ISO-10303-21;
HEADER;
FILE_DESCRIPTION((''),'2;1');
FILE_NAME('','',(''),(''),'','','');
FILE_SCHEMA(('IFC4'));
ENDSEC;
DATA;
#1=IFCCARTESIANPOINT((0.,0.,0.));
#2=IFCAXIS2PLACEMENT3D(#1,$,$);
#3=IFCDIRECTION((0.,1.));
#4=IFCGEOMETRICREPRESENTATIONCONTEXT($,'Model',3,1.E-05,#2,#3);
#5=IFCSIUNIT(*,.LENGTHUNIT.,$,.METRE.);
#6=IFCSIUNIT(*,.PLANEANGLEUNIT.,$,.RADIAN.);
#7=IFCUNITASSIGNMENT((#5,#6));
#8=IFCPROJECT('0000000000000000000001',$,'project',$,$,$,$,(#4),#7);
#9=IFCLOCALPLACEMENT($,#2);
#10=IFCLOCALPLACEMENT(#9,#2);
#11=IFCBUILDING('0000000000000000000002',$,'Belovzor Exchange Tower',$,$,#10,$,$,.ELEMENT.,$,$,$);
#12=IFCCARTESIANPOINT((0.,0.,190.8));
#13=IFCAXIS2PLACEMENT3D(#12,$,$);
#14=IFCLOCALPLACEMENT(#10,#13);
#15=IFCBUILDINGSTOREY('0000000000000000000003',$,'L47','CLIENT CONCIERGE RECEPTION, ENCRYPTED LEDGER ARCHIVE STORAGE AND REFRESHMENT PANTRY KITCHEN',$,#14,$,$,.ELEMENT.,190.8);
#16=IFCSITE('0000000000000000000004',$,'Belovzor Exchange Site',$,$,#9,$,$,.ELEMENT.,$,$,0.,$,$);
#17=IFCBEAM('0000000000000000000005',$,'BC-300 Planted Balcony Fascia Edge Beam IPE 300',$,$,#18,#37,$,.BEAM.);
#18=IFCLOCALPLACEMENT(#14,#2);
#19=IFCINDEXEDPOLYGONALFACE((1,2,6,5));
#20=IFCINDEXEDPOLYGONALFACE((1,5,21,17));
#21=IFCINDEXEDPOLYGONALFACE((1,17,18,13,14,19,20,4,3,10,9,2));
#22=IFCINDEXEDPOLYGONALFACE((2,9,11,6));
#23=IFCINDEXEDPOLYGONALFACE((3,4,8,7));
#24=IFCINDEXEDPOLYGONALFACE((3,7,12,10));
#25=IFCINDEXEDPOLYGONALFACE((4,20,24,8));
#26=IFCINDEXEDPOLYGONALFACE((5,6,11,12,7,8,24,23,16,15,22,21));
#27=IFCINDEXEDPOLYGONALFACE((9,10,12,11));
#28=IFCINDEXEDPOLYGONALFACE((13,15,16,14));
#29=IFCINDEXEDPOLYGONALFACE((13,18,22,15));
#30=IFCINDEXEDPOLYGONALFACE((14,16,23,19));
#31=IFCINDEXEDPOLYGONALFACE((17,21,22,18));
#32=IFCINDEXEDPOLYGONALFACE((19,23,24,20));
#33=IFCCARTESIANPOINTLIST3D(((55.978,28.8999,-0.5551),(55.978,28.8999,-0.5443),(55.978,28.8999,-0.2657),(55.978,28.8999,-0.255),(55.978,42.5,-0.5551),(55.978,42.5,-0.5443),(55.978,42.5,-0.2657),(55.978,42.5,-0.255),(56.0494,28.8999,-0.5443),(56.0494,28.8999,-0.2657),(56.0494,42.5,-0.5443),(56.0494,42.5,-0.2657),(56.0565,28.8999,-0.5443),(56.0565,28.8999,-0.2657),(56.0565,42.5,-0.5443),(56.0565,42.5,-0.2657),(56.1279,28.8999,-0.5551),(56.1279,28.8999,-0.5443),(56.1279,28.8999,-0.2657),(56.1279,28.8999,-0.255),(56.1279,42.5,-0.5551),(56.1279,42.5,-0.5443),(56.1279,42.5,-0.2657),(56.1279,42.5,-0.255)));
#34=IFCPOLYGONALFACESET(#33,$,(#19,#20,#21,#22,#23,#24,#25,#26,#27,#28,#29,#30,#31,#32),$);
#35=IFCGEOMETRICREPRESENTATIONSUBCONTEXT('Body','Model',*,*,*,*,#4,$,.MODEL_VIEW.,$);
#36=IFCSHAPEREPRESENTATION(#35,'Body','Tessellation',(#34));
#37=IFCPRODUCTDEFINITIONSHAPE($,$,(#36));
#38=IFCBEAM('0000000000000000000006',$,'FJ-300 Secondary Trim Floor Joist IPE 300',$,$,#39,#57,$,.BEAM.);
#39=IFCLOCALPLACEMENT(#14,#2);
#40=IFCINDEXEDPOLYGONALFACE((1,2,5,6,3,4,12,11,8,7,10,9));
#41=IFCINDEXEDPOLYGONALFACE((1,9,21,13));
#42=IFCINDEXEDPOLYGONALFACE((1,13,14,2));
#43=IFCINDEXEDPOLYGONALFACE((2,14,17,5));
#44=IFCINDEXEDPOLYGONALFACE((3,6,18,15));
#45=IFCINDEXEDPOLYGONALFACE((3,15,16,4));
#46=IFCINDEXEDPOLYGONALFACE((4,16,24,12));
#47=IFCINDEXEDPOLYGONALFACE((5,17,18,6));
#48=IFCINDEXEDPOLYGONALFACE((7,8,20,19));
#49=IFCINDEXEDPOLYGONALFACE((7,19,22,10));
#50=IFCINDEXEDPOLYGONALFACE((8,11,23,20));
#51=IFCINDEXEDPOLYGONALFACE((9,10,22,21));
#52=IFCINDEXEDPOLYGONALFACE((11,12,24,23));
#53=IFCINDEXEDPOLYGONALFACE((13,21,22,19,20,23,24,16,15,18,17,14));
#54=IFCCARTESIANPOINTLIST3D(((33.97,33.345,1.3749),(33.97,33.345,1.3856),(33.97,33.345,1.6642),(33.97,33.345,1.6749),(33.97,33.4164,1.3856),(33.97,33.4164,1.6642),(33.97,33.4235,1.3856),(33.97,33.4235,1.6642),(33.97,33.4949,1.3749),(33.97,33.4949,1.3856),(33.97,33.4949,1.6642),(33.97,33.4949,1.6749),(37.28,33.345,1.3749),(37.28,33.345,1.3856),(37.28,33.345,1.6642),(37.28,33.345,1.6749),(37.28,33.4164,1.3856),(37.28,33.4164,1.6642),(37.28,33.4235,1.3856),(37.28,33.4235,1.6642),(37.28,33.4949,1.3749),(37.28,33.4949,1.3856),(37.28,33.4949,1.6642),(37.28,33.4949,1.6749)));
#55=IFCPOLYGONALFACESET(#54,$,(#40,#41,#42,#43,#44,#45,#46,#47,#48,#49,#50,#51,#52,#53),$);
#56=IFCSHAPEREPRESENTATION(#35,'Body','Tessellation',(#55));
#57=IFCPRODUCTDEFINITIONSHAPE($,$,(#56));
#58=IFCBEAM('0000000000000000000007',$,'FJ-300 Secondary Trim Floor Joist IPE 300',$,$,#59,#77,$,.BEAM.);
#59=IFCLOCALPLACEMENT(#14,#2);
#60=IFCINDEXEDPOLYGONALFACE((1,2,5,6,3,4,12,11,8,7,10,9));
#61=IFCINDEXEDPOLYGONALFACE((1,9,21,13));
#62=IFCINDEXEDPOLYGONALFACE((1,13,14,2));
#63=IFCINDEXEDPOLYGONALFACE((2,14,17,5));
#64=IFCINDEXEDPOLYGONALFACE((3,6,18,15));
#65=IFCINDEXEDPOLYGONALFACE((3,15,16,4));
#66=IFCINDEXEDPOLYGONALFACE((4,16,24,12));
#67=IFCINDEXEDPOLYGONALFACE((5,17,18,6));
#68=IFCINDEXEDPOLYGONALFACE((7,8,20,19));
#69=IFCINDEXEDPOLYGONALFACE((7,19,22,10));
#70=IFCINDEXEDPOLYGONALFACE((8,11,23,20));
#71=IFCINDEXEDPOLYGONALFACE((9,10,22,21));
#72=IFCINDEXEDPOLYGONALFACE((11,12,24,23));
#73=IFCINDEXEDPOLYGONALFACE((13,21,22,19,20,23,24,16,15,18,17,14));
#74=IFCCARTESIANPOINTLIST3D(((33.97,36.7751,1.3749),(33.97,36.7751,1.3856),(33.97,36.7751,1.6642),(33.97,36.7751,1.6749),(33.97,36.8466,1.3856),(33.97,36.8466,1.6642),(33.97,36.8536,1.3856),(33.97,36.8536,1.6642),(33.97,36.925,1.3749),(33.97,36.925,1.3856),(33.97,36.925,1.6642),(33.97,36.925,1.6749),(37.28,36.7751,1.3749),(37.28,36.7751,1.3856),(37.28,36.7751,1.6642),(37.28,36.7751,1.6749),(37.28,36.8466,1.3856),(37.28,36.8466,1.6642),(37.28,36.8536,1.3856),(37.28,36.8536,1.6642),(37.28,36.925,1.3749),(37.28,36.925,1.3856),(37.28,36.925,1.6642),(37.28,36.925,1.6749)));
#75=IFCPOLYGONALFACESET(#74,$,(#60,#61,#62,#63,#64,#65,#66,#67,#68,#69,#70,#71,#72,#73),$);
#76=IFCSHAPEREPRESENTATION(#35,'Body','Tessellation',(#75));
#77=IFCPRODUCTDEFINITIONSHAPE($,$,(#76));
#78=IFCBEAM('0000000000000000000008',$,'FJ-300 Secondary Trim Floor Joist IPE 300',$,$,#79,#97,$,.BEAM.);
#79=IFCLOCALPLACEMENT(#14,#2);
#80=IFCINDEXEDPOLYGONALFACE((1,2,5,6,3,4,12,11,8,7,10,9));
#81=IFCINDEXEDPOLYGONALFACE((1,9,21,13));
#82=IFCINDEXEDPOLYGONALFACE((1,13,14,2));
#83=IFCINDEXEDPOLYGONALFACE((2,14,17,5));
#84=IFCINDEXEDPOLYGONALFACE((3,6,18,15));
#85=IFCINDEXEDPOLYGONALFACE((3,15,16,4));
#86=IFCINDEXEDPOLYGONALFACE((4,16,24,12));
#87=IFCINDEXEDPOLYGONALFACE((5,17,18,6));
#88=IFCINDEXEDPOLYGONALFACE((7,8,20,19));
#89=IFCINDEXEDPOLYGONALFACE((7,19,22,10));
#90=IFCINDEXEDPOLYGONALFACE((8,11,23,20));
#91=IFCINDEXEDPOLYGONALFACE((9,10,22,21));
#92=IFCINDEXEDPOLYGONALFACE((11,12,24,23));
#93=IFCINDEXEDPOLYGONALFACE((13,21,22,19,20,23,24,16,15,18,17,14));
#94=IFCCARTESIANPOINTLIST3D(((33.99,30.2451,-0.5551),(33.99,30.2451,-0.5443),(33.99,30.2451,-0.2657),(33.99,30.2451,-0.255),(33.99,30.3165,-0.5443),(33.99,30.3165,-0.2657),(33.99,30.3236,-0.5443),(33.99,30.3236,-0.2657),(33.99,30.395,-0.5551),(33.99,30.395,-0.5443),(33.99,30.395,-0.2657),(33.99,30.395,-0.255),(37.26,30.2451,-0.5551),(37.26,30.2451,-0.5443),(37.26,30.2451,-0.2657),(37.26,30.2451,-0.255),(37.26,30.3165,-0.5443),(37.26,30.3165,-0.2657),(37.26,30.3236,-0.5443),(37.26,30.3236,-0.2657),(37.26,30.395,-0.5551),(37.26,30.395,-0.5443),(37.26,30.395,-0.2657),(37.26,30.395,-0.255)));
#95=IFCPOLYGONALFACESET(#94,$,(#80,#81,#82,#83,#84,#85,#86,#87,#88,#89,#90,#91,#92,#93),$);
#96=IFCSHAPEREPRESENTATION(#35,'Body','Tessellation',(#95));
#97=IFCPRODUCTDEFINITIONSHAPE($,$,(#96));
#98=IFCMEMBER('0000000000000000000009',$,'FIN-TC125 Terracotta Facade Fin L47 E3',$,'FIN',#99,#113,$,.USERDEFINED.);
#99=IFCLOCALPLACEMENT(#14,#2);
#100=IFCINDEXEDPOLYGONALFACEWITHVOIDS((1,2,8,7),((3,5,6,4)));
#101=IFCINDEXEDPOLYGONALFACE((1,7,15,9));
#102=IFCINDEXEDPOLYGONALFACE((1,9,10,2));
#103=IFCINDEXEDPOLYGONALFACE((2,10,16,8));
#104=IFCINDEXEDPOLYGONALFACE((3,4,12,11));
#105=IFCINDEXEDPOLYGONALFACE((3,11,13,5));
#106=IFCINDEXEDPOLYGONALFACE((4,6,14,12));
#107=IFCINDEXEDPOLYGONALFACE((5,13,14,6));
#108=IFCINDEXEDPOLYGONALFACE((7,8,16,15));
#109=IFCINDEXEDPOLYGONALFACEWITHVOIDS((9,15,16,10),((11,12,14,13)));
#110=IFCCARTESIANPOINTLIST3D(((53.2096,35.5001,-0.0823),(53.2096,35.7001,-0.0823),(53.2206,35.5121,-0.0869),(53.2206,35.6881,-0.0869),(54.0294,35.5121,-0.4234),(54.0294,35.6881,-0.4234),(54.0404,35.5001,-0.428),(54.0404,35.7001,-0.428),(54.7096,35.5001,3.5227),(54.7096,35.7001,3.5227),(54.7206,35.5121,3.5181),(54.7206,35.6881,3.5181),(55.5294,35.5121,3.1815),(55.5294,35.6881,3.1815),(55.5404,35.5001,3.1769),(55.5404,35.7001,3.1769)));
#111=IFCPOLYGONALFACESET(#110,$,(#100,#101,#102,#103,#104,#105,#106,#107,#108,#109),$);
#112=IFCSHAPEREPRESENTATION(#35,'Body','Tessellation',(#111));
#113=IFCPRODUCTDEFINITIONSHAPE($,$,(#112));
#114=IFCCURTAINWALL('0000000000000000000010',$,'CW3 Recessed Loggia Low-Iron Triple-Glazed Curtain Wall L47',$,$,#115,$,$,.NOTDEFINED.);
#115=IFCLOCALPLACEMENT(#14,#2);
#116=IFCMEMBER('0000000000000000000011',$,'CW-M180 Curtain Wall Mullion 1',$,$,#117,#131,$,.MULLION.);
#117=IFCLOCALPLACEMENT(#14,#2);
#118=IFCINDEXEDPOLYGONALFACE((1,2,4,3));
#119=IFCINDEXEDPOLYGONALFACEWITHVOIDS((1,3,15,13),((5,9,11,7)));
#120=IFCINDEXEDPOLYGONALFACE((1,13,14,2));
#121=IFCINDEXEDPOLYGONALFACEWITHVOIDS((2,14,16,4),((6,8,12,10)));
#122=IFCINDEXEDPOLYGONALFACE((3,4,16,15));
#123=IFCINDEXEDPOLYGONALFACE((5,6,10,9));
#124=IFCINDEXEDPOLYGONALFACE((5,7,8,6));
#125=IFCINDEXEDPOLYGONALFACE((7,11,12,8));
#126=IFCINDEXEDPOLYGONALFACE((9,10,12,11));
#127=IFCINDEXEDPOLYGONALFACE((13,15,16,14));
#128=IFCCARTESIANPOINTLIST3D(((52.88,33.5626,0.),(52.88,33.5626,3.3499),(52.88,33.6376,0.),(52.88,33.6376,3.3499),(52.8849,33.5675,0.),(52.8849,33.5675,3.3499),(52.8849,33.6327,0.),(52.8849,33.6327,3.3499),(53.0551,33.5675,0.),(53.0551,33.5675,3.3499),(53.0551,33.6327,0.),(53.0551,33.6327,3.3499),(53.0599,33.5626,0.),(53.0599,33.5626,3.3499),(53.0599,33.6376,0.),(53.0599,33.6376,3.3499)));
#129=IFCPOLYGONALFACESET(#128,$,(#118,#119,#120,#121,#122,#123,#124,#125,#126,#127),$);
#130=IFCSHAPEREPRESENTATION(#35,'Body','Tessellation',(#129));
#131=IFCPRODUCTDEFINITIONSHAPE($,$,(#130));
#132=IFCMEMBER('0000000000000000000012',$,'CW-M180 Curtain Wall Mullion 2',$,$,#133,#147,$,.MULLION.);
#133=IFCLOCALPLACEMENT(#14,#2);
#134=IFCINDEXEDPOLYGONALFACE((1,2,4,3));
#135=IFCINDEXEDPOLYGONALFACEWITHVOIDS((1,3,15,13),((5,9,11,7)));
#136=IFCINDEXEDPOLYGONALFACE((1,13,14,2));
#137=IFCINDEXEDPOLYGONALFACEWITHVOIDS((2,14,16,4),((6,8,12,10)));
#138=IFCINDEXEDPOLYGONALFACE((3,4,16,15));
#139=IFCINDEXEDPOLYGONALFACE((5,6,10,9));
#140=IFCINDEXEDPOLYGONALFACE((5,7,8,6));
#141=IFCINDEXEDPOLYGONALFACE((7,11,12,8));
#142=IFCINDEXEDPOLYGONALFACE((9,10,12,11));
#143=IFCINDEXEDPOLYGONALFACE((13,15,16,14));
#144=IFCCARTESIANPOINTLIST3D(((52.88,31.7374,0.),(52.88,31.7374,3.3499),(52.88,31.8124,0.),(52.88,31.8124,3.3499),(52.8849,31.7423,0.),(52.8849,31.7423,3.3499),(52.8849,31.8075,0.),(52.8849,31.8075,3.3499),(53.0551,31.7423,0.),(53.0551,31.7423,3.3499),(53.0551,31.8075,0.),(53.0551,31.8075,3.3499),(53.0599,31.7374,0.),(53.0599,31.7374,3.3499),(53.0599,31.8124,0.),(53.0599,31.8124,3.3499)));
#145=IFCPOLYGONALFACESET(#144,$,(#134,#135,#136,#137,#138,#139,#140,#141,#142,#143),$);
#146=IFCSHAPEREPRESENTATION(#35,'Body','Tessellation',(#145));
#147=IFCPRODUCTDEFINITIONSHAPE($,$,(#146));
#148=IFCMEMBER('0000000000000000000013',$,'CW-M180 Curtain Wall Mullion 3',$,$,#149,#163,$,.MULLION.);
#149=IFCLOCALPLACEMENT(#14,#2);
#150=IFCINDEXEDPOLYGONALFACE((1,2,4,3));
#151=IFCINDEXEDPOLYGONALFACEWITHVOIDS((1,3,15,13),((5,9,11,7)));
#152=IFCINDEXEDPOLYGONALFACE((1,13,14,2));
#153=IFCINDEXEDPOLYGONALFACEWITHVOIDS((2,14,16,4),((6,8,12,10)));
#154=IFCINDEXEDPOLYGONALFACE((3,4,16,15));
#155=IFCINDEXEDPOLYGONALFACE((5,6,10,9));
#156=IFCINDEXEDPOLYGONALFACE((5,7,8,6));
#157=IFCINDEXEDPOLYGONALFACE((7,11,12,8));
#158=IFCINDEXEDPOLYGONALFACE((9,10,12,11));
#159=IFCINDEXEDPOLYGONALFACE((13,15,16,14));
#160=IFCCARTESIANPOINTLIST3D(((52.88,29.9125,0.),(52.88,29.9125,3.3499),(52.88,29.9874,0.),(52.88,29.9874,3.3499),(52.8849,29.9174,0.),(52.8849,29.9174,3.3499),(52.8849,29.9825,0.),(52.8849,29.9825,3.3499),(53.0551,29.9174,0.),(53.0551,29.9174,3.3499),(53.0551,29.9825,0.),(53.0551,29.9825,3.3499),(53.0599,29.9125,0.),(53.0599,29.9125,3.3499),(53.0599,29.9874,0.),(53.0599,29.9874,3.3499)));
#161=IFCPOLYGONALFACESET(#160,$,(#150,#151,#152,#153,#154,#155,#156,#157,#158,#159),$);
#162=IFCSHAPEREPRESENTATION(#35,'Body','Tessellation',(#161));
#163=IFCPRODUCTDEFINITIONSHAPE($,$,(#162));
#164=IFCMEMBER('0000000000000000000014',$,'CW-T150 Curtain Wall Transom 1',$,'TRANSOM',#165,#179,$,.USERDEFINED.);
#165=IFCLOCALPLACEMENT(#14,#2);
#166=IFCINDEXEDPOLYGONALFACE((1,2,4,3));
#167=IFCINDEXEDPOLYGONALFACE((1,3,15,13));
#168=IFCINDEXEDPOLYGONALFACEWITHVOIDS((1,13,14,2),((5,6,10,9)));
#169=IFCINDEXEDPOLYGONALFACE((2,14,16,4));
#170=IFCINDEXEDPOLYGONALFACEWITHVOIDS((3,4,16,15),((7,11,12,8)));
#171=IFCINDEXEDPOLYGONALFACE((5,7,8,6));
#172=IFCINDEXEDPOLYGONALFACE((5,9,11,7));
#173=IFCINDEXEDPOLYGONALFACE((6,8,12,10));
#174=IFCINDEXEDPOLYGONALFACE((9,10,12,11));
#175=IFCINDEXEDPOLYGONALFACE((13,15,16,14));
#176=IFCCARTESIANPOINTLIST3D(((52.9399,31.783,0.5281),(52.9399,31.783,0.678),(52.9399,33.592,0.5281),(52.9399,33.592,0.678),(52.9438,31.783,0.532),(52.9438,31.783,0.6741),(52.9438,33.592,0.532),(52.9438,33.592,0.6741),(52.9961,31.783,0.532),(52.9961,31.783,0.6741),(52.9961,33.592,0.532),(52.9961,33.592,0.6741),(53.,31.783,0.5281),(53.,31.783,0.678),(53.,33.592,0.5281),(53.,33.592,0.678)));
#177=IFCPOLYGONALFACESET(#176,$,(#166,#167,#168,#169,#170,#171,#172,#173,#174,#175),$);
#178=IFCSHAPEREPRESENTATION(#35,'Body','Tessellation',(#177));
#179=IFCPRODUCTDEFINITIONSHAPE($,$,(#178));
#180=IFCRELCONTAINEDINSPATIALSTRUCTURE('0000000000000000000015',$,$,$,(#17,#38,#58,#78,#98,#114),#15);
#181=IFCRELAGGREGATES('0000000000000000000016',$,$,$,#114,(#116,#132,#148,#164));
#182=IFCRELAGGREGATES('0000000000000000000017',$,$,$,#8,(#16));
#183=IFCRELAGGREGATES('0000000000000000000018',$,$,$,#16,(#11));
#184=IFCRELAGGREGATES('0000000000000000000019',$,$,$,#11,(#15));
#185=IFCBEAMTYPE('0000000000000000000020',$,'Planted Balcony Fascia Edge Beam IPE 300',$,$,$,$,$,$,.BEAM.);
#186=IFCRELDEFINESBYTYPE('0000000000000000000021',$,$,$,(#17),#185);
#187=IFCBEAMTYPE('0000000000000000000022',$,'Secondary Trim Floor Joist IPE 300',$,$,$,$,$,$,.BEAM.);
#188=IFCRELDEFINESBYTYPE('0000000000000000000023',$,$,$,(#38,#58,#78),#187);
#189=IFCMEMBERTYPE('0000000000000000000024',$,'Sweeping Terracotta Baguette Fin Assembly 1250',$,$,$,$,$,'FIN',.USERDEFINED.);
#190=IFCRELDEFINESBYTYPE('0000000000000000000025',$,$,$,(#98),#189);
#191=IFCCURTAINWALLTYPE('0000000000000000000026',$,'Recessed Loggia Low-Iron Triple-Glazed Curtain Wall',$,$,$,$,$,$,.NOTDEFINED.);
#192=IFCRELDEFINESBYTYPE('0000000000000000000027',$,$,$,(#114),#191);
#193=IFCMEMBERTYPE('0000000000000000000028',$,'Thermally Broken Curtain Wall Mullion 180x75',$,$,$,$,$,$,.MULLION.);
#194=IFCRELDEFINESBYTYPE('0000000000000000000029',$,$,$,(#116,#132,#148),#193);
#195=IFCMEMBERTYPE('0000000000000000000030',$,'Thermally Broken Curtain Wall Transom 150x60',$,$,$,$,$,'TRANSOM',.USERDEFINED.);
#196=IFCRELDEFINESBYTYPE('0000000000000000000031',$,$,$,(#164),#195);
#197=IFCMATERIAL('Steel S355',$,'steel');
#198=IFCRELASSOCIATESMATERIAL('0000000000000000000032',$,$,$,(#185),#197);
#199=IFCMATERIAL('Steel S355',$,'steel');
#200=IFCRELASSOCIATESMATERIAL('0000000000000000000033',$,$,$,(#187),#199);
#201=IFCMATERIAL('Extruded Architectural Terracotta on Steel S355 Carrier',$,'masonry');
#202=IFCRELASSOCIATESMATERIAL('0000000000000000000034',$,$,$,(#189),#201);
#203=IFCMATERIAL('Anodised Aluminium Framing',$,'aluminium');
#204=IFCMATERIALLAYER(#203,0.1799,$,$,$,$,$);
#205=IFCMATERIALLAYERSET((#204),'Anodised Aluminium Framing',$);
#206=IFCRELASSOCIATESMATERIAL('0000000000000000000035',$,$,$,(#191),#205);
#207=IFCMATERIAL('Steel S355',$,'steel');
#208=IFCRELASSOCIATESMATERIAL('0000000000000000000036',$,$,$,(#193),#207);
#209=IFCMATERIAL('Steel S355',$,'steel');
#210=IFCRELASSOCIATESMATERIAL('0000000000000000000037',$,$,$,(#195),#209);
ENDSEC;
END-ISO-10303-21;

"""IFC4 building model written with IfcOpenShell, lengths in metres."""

from ifc_helpers import new_model, si_unit, direction, frame, origin, origin_2d, place, context, subcontext, project, spatial, hollow_rectangle, i_section, extrude, material, layer, layer_set, material_profile, profile_set, type_object, element, aggregate, save


model = new_model("IFC4")

# Units and contexts
model_context = context("Model", 3, precision=1e-05, world=origin(), true_north=direction((0.0, 1.0)))
body_context = subcontext(model_context, "Body", "Model", "MODEL_VIEW")
ifc_project = project(units=[si_unit("LENGTHUNIT", "METRE"), si_unit("PLANEANGLEUNIT", "RADIAN")], contexts=[model_context])

# Site, building, storey
site_placement = place(None, origin())
site = spatial("IfcSite", under=ifc_project, at=site_placement, Name="Belovzor Exchange Site", CompositionType="ELEMENT", RefElevation=0.0)
building_placement = place(site_placement, origin())
building = spatial("IfcBuilding", under=site, at=building_placement, Name="Belovzor Exchange Tower", CompositionType="ELEMENT")
storey_placement = place(building_placement, frame((0.0, 0.0, 190.8)))
storey = spatial("IfcBuildingStorey", under=building, at=storey_placement, Name="L47", Description="CLIENT CONCIERGE RECEPTION, ENCRYPTED LEDGER ARCHIVE STORAGE AND REFRESHMENT PANTRY KITCHEN", CompositionType="ELEMENT", Elevation=190.8)

# Beams
ifc_material_1 = material(Name="Steel S355", Category="steel")
ifc_material_profile_1 = material_profile(ifc_material_1, i_section(OverallWidth=0.1499, OverallDepth=0.3, WebThickness=0.0071, FlangeThickness=0.0107, at=origin_2d()))
ifc_profile_set_1 = profile_set([ifc_material_profile_1], Name="Steel S355")
beam_type_1 = type_object("IfcBeamType", Name="Planted Balcony Fascia Edge Beam IPE 300", PredefinedType="BEAM", material=ifc_profile_set_1)
beam_1_placement = place(storey_placement, frame((56.053, 28.8999, -0.405), z_axis=(0.0, 1.0, 0.0), x_axis=(-1.0, 0.0, 0.0)))
element("IfcBeam", 1, at=beam_1_placement, inside=storey, type_object=beam_type_1, Name="BC-300 Planted Balcony Fascia Edge Beam IPE 300", PredefinedType="BEAM", context=body_context, shape_type="SweptSolid", body=[
    extrude(i_section(OverallWidth=0.1499, OverallDepth=0.3, WebThickness=0.0071, FlangeThickness=0.0107, at=origin_2d()), origin(), (0.0, 0.0, 1.0), 13.6001),
])
ifc_material_2 = material(Name="Steel S355", Category="steel")
ifc_material_profile_2 = material_profile(ifc_material_2, i_section(OverallWidth=0.1499, OverallDepth=0.3, WebThickness=0.0071, FlangeThickness=0.0107, at=origin_2d()))
ifc_profile_set_2 = profile_set([ifc_material_profile_2], Name="Steel S355")
beam_type_2 = type_object("IfcBeamType", Name="Secondary Trim Floor Joist IPE 300", PredefinedType="BEAM", material=ifc_profile_set_2)
for number, where, z_axis, x_axis, name in (
    (2, (37.28, 33.4199, 1.5249), (-1.0, 0.0, 0.0), (0.0, -1.0, 0.0), "FJ-300 Secondary Trim Floor Joist IPE 300"),
    (3, (37.28, 36.8501, 1.5249), (-1.0, 0.0, 0.0), (0.0, -1.0, 0.0), "FJ-300 Secondary Trim Floor Joist IPE 300"),
):
    element("IfcBeam", number, at=place(storey_placement, frame(where, z_axis=z_axis, x_axis=x_axis)), inside=storey, type_object=beam_type_2, Name=name, PredefinedType="BEAM", context=body_context, shape_type="SweptSolid", body=[
        extrude(i_section(OverallWidth=0.1499, OverallDepth=0.3, WebThickness=0.0071, FlangeThickness=0.0107, at=origin_2d()), origin(), (0.0, 0.0, 1.0), 3.3101),
    ])
beam_2_placement = place(storey_placement, frame((37.26, 30.3201, -0.405), z_axis=(-1.0, 0.0, 0.0), x_axis=(0.0, -1.0, 0.0)))
element("IfcBeam", 4, at=beam_2_placement, inside=storey, type_object=beam_type_2, Name="FJ-300 Secondary Trim Floor Joist IPE 300", PredefinedType="BEAM", context=body_context, shape_type="SweptSolid", body=[
    extrude(i_section(OverallWidth=0.1499, OverallDepth=0.3, WebThickness=0.0071, FlangeThickness=0.0107, at=origin_2d()), origin(), (0.0, 0.0, 1.0), 3.27),
])

# Member
ifc_material_3 = material(Name="Extruded Architectural Terracotta on Steel S355 Carrier", Category="masonry")
ifc_material_profile_3 = material_profile(ifc_material_3, hollow_rectangle(XDim=0.2, YDim=0.8999, WallThickness=0.012, at=origin_2d()))
ifc_profile_set_3 = profile_set([ifc_material_profile_3], Name="Extruded Architectural Terracotta on Steel S355 Carrier")
member_type_1 = type_object("IfcMemberType", Name="Sweeping Terracotta Baguette Fin Assembly 1250", ElementType="FIN", PredefinedType="USERDEFINED", material=ifc_profile_set_3)
member_1_placement = place(storey_placement, frame((53.625, 35.6001, -0.2551), z_axis=(0.384162, 0.0, 0.923266), x_axis=(0.0, 1.0, 0.0)))
element("IfcMember", 5, at=member_1_placement, inside=storey, type_object=member_type_1, Name="FIN-TC125 Terracotta Facade Fin L47 E3", ObjectType="FIN", PredefinedType="USERDEFINED", context=body_context, shape_type="SweptSolid", body=[
    extrude(hollow_rectangle(XDim=0.2, YDim=0.8999, WallThickness=0.012, at=origin_2d()), origin(), (0.0, 0.0, 1.0), 3.9045),
])

# Curtain wall, members
ifc_material_4 = material(Name="Anodised Aluminium Framing", Category="aluminium")
ifc_layer_1 = layer(ifc_material_4, 0.1799)
ifc_layer_set_1 = layer_set([ifc_layer_1], Name="Anodised Aluminium Framing")
curtain_wall_type = type_object("IfcCurtainWallType", Name="Recessed Loggia Low-Iron Triple-Glazed Curtain Wall", PredefinedType="NOTDEFINED", material=ifc_layer_set_1)
curtain_wall_placement = place(storey_placement, origin())
curtain_wall = element("IfcCurtainWall", 6, at=curtain_wall_placement, inside=storey, type_object=curtain_wall_type, Name="CW3 Recessed Loggia Low-Iron Triple-Glazed Curtain Wall L47", PredefinedType="NOTDEFINED")
ifc_material_5 = material(Name="Steel S355", Category="steel")
ifc_material_profile_4 = material_profile(ifc_material_5, hollow_rectangle(XDim=0.075, YDim=0.1799, WallThickness=0.0049, at=origin_2d()))
ifc_profile_set_4 = profile_set([ifc_material_profile_4], Name="Steel S355")
member_type_2 = type_object("IfcMemberType", Name="Thermally Broken Curtain Wall Mullion 180x75", PredefinedType="MULLION", material=ifc_profile_set_4)
member_2_placement = place(storey_placement, frame((52.97, 33.6001, 0.0), z_axis=(0.0, 0.0, 1.0), x_axis=(0.0, -1.0, 0.0)))
member_2 = element("IfcMember", 7, at=member_2_placement, type_object=member_type_2, Name="CW-M180 Curtain Wall Mullion 1", PredefinedType="MULLION", context=body_context, shape_type="SweptSolid", body=[
    extrude(hollow_rectangle(XDim=0.075, YDim=0.1799, WallThickness=0.0049, at=origin_2d()), origin(), (0.0, 0.0, 1.0), 3.3499),
])
member_3_placement = place(storey_placement, frame((52.97, 31.7749, 0.0), z_axis=(0.0, 0.0, 1.0), x_axis=(0.0, -1.0, 0.0)))
member_3 = element("IfcMember", 8, at=member_3_placement, type_object=member_type_2, Name="CW-M180 Curtain Wall Mullion 2", PredefinedType="MULLION", context=body_context, shape_type="SweptSolid", body=[
    extrude(hollow_rectangle(XDim=0.075, YDim=0.1799, WallThickness=0.0049, at=origin_2d()), origin(), (0.0, 0.0, 1.0), 3.3499),
])
member_4_placement = place(storey_placement, frame((52.97, 29.95, 0.0), z_axis=(0.0, 0.0, 1.0), x_axis=(0.0, -1.0, 0.0)))
member_4 = element("IfcMember", 9, at=member_4_placement, type_object=member_type_2, Name="CW-M180 Curtain Wall Mullion 3", PredefinedType="MULLION", context=body_context, shape_type="SweptSolid", body=[
    extrude(hollow_rectangle(XDim=0.075, YDim=0.1799, WallThickness=0.0049, at=origin_2d()), origin(), (0.0, 0.0, 1.0), 3.3499),
])
ifc_material_6 = material(Name="Steel S355", Category="steel")
ifc_material_profile_5 = material_profile(ifc_material_6, hollow_rectangle(XDim=0.0601, YDim=0.1499, WallThickness=0.0039, at=origin_2d()))
ifc_profile_set_5 = profile_set([ifc_material_profile_5], Name="Steel S355")
member_type_3 = type_object("IfcMemberType", Name="Thermally Broken Curtain Wall Transom 150x60", ElementType="TRANSOM", PredefinedType="USERDEFINED", material=ifc_profile_set_5)
member_5_placement = place(storey_placement, frame((52.97, 33.592, 0.603), z_axis=(0.0, -1.0, 0.0), x_axis=(1.0, 0.0, 0.0)))
member_5 = element("IfcMember", 10, at=member_5_placement, type_object=member_type_3, Name="CW-T150 Curtain Wall Transom 1", ObjectType="TRANSOM", PredefinedType="USERDEFINED", context=body_context, shape_type="SweptSolid", body=[
    extrude(hollow_rectangle(XDim=0.0601, YDim=0.1499, WallThickness=0.0039, at=origin_2d()), origin(), (0.0, 0.0, 1.0), 1.8091),
])

aggregate(curtain_wall, [member_2, member_3, member_4, member_5])

save(model, "model.ifc")
